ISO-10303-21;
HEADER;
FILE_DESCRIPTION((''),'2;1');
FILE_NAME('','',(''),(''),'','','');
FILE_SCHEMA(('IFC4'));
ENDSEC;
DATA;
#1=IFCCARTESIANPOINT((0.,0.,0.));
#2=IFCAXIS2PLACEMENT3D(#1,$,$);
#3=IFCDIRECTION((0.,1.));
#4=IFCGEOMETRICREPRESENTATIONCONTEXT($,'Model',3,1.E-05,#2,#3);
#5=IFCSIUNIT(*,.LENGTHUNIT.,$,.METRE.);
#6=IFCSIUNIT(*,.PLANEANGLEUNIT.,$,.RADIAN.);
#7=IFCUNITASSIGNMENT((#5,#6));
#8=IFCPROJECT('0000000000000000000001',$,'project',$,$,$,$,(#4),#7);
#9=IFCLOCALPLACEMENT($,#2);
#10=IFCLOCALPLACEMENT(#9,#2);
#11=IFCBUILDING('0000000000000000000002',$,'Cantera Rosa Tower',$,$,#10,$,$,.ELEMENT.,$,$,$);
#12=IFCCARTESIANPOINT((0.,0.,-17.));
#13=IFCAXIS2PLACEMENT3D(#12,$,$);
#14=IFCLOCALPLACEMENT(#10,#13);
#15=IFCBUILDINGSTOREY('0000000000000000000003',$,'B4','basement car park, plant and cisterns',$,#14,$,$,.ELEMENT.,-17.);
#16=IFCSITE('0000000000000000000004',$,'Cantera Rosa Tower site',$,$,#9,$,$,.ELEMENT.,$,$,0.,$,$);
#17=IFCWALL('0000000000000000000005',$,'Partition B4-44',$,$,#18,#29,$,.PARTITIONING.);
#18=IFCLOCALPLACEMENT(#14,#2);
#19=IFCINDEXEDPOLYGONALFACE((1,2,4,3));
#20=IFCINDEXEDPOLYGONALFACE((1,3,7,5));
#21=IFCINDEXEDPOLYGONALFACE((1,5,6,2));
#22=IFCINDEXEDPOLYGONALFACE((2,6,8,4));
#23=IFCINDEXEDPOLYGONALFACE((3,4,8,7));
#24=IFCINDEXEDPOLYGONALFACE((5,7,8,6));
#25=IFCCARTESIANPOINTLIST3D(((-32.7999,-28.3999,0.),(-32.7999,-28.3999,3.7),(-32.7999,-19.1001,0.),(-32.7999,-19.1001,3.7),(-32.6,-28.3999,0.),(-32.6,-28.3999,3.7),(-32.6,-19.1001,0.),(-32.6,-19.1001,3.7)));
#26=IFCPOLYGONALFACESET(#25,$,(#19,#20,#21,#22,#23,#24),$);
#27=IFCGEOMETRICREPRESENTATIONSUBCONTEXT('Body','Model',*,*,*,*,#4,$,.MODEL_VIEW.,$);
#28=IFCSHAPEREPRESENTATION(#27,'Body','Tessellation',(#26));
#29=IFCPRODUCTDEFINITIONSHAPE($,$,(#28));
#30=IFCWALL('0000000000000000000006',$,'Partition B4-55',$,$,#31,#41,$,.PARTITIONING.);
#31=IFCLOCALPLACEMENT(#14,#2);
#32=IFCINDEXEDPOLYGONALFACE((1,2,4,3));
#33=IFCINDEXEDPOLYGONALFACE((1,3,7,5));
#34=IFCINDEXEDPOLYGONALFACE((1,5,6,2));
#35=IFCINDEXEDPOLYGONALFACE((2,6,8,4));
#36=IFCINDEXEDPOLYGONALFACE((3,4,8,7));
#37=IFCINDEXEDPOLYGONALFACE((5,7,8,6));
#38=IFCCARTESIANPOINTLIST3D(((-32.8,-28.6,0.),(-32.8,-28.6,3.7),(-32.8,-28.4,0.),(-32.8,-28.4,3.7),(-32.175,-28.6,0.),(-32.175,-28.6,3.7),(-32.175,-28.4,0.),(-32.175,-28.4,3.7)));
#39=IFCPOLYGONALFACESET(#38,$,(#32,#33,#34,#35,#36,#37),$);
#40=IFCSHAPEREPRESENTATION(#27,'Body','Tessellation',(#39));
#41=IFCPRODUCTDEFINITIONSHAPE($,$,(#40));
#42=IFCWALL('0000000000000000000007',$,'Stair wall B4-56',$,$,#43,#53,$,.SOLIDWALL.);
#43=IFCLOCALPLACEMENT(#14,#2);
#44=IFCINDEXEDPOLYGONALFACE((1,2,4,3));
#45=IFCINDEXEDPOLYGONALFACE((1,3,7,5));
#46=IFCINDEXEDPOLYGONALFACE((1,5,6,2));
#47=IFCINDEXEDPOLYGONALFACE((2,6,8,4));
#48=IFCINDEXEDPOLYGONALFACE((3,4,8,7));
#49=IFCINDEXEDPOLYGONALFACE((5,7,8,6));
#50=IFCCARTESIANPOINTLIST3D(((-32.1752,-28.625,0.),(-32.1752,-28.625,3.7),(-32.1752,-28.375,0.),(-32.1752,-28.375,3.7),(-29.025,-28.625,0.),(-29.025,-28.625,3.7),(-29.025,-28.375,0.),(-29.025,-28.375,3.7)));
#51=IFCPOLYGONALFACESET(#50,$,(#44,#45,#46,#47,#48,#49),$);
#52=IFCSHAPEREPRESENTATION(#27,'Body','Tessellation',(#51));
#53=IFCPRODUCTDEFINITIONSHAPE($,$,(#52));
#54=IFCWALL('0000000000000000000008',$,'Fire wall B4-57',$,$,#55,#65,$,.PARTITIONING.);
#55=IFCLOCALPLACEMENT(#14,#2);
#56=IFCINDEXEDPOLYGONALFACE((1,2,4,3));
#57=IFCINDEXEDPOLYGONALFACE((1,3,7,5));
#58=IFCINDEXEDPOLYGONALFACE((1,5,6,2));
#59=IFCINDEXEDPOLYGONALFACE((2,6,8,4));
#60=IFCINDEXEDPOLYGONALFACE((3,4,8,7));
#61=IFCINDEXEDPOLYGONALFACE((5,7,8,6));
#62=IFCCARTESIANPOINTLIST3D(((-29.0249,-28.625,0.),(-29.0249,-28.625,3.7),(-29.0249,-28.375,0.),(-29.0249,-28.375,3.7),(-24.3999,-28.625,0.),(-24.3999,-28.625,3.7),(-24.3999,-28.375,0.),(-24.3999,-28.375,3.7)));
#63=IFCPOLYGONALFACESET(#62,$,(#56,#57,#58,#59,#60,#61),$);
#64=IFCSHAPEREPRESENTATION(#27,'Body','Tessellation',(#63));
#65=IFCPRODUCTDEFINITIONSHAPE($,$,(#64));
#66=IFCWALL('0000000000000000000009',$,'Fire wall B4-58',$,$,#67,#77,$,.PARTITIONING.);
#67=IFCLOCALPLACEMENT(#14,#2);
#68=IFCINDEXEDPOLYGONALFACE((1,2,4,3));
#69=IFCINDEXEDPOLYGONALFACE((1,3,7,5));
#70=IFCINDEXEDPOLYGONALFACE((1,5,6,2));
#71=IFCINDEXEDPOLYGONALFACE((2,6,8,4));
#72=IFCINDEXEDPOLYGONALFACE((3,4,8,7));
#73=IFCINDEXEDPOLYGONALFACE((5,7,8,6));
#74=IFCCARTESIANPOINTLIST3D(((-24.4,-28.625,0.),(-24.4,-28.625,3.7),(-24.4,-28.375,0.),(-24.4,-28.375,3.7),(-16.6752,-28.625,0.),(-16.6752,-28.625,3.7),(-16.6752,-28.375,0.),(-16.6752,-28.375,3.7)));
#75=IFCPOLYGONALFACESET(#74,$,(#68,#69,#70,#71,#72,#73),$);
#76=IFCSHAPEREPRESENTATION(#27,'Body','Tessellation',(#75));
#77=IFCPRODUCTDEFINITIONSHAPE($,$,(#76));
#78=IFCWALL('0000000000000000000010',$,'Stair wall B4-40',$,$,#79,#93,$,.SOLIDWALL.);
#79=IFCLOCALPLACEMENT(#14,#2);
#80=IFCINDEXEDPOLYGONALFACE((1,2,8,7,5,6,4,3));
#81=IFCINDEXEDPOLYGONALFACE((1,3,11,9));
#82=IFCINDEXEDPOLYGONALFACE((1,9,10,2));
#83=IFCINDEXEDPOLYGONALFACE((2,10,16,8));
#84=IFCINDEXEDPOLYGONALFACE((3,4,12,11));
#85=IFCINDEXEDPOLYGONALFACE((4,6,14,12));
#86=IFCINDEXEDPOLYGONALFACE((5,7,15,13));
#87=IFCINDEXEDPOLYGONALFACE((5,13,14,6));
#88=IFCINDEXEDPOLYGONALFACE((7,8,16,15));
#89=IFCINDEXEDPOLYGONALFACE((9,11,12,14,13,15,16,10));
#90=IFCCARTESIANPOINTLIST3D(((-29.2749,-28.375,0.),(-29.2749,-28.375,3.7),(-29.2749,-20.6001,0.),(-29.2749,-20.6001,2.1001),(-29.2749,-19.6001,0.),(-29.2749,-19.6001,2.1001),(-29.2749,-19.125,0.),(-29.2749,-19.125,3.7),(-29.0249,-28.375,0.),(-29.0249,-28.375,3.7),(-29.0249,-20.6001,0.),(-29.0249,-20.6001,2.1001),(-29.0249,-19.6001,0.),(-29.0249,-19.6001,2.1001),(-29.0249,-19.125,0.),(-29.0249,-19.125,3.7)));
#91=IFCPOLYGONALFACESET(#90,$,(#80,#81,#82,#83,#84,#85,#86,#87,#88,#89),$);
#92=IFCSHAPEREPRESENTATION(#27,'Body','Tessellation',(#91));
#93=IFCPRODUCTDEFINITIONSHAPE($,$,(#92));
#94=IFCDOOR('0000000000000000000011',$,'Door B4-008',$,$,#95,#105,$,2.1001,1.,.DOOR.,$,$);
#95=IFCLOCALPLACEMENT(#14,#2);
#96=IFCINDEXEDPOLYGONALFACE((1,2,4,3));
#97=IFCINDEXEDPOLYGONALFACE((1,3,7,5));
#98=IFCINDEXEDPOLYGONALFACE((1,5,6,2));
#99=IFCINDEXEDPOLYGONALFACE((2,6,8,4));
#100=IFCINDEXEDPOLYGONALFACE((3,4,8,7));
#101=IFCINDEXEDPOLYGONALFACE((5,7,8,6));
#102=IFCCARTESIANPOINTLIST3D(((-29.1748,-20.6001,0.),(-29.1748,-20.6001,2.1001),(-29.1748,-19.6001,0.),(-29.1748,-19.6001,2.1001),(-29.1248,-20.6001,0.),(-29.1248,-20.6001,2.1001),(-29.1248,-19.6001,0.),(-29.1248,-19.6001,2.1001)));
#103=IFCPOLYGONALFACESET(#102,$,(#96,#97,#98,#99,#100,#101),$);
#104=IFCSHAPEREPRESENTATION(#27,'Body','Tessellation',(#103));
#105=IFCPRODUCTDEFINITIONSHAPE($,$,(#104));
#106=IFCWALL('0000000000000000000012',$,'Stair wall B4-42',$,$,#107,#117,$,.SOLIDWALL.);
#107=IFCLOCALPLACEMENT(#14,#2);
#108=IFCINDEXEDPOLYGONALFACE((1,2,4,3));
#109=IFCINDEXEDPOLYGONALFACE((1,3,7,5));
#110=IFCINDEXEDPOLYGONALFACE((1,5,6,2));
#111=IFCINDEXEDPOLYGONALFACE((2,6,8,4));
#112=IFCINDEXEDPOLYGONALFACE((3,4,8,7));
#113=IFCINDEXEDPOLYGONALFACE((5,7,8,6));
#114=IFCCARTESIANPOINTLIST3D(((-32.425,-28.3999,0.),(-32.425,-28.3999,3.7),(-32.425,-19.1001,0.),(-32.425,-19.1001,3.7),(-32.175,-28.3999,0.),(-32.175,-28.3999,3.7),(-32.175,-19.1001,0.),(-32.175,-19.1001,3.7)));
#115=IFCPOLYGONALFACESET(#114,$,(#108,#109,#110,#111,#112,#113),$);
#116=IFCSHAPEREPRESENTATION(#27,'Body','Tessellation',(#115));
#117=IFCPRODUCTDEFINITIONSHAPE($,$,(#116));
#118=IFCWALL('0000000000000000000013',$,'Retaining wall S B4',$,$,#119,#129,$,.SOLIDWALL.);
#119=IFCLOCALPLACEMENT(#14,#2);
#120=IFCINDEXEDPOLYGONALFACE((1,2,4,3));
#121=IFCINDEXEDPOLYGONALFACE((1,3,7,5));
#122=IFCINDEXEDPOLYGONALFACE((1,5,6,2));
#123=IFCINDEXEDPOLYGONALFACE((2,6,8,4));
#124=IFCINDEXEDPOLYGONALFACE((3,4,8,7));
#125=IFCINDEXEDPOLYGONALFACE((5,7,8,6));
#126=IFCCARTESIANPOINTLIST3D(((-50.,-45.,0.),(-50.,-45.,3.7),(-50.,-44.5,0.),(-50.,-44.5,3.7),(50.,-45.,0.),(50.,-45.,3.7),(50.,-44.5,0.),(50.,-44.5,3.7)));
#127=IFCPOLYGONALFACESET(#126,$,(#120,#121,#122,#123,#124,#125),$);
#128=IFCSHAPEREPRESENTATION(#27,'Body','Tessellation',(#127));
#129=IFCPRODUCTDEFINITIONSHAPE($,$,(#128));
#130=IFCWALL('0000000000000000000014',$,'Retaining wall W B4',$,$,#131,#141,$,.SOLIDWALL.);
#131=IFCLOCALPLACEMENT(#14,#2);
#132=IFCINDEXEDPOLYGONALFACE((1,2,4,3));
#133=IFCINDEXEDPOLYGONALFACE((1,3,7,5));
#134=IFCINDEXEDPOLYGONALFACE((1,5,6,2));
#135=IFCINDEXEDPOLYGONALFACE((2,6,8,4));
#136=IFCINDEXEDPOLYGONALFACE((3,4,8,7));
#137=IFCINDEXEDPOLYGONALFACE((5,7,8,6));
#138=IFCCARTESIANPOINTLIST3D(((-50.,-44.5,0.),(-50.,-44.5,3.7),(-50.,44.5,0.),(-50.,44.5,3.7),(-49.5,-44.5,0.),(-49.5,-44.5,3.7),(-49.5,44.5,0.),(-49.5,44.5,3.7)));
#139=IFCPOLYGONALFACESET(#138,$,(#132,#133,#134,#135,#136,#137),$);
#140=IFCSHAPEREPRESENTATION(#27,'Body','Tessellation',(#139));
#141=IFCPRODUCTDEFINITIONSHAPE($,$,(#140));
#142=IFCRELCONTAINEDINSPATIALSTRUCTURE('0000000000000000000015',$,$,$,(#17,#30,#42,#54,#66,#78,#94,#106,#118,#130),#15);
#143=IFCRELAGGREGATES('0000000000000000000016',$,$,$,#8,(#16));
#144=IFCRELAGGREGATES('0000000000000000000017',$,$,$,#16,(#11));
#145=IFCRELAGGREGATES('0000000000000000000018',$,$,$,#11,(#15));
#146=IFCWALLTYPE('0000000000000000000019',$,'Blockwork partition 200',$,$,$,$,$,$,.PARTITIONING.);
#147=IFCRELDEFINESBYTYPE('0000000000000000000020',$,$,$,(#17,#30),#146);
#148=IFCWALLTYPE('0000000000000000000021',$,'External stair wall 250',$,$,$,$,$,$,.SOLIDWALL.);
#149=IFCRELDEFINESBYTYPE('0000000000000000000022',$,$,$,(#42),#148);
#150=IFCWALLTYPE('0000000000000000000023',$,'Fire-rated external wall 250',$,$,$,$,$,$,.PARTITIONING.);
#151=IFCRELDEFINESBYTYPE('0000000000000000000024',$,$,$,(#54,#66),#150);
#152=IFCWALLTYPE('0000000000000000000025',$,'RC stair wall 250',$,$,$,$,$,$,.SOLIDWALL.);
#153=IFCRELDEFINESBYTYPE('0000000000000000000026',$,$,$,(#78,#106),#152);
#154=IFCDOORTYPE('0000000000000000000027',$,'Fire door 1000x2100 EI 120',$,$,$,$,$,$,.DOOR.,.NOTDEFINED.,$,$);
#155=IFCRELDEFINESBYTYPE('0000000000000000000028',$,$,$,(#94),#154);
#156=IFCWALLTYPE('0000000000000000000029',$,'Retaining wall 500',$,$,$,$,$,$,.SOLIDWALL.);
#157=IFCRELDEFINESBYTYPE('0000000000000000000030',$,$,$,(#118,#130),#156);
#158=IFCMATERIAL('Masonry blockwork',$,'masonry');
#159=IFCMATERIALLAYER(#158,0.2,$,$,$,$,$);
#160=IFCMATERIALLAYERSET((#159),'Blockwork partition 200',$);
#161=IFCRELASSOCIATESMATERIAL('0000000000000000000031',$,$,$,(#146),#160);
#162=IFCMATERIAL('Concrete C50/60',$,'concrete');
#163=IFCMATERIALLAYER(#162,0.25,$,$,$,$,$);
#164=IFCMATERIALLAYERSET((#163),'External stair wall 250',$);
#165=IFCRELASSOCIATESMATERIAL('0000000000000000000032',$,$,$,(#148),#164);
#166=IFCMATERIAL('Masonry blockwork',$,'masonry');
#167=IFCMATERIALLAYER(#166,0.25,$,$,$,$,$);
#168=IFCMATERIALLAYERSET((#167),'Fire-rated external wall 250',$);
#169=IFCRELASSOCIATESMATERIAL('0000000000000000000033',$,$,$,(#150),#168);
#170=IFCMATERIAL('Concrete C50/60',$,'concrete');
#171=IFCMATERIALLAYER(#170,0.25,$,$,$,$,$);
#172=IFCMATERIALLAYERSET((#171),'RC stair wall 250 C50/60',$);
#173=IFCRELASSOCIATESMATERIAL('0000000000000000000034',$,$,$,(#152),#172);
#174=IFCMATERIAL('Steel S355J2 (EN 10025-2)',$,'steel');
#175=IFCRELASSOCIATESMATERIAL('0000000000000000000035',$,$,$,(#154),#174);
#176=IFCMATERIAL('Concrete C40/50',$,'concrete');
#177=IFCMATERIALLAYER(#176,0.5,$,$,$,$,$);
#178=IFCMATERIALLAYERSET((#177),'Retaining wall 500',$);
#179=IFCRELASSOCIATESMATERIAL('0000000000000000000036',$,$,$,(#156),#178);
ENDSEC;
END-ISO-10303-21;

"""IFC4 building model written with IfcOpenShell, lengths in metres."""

from ifc_helpers import new_model, si_unit, direction, frame, frame_2d, origin, place, context, subcontext, project, spatial, rectangle, extrude, material, layer, layer_set, type_object, element, fill, save


model = new_model("IFC4")

# Units and contexts
model_context = context("Model", 3, precision=1e-05, world=origin(), true_north=direction((0.0, 1.0)))
body_context = subcontext(model_context, "Body", "Model", "MODEL_VIEW")
ifc_project = project(units=[si_unit("LENGTHUNIT", "METRE"), si_unit("PLANEANGLEUNIT", "RADIAN")], contexts=[model_context])

# Site, building, storey
site_placement = place(None, origin())
site = spatial("IfcSite", under=ifc_project, at=site_placement, Name="Cantera Rosa Tower site", CompositionType="ELEMENT", RefElevation=0.0)
building_placement = place(site_placement, origin())
building = spatial("IfcBuilding", under=site, at=building_placement, Name="Cantera Rosa Tower", CompositionType="ELEMENT")
storey_placement = place(building_placement, frame((0.0, 0.0, -17.0)))
storey = spatial("IfcBuildingStorey", under=building, at=storey_placement, Name="B4", Description="basement car park, plant and cisterns", CompositionType="ELEMENT", Elevation=-17.0)

# Walls
ifc_material_1 = material(Name="Masonry blockwork", Category="masonry")
ifc_layer_1 = layer(ifc_material_1, 0.2)
ifc_layer_set_1 = layer_set([ifc_layer_1], Name="Blockwork partition 200")
wall_type_1 = type_object("IfcWallType", Name="Blockwork partition 200", PredefinedType="PARTITIONING", material=ifc_layer_set_1)
wall_1_placement = place(storey_placement, frame((-32.7, -28.3999, 0.0), z_axis=(0.0, 0.0, 1.0), x_axis=(0.0, 1.0, 0.0)))
element("IfcWall", 1, at=wall_1_placement, inside=storey, type_object=wall_type_1, Name="Partition B4-44", PredefinedType="PARTITIONING", context=body_context, shape_type="SweptSolid", body=[
    extrude(rectangle(XDim=9.2998, YDim=0.2, at=frame_2d((4.6499, 0.0))), origin(), (0.0, 0.0, 1.0), 3.7),
])
wall_2_placement = place(storey_placement, frame((-32.8, -28.5, 0.0), z_axis=(0.0, 0.0, 1.0), x_axis=(1.0, 0.0, 0.0)))
element("IfcWall", 2, at=wall_2_placement, inside=storey, type_object=wall_type_1, Name="Partition B4-55", PredefinedType="PARTITIONING", context=body_context, shape_type="SweptSolid", body=[
    extrude(rectangle(XDim=0.625, YDim=0.2, at=frame_2d((0.3125, 0.0))), origin(), (0.0, 0.0, 1.0), 3.7),
])
ifc_material_2 = material(Name="Concrete C50/60", Category="concrete")
ifc_layer_2 = layer(ifc_material_2, 0.25)
ifc_layer_set_2 = layer_set([ifc_layer_2], Name="External stair wall 250")
wall_type_2 = type_object("IfcWallType", Name="External stair wall 250", PredefinedType="SOLIDWALL", material=ifc_layer_set_2)
wall_3_placement = place(storey_placement, frame((-29.0249, -28.5, 0.0), z_axis=(0.0, 0.0, 1.0), x_axis=(-1.0, 0.0, 0.0)))
element("IfcWall", 3, at=wall_3_placement, inside=storey, type_object=wall_type_2, Name="Stair wall B4-56", PredefinedType="SOLIDWALL", context=body_context, shape_type="SweptSolid", body=[
    extrude(rectangle(XDim=3.1501, YDim=0.25, at=frame_2d((1.5752, 0.0))), origin(), (0.0, 0.0, 1.0), 3.7),
])
ifc_material_3 = material(Name="Masonry blockwork", Category="masonry")
ifc_layer_3 = layer(ifc_material_3, 0.25)
ifc_layer_set_3 = layer_set([ifc_layer_3], Name="Fire-rated external wall 250")
wall_type_3 = type_object("IfcWallType", Name="Fire-rated external wall 250", PredefinedType="PARTITIONING", material=ifc_layer_set_3)
wall_4_placement = place(storey_placement, frame((-29.0249, -28.5, 0.0), z_axis=(0.0, 0.0, 1.0), x_axis=(1.0, 0.0, 0.0)))
element("IfcWall", 4, at=wall_4_placement, inside=storey, type_object=wall_type_3, Name="Fire wall B4-57", PredefinedType="PARTITIONING", context=body_context, shape_type="SweptSolid", body=[
    extrude(rectangle(XDim=4.625, YDim=0.25, at=frame_2d((2.3125, 0.0))), origin(), (0.0, 0.0, 1.0), 3.7),
])
wall_5_placement = place(storey_placement, frame((-24.3999, -28.5, 0.0), z_axis=(0.0, 0.0, 1.0), x_axis=(1.0, 0.0, 0.0)))
element("IfcWall", 5, at=wall_5_placement, inside=storey, type_object=wall_type_3, Name="Fire wall B4-58", PredefinedType="PARTITIONING", context=body_context, shape_type="SweptSolid", body=[
    extrude(rectangle(XDim=7.7249, YDim=0.25, at=frame_2d((3.8623, 0.0))), origin(), (0.0, 0.0, 1.0), 3.7),
])

# Wall, opening, door
ifc_material_4 = material(Name="Concrete C50/60", Category="concrete")
ifc_layer_4 = layer(ifc_material_4, 0.25)
ifc_layer_set_4 = layer_set([ifc_layer_4], Name="RC stair wall 250 C50/60")
wall_type_4 = type_object("IfcWallType", Name="RC stair wall 250", PredefinedType="SOLIDWALL", material=ifc_layer_set_4)
wall_6_placement = place(storey_placement, frame((-29.1499, -28.375, 0.0), z_axis=(0.0, 0.0, 1.0), x_axis=(0.0, 1.0, 0.0)))
wall_6 = element("IfcWall", 6, at=wall_6_placement, inside=storey, type_object=wall_type_4, Name="Stair wall B4-40", PredefinedType="SOLIDWALL", context=body_context, shape_type="SweptSolid", body=[
    extrude(rectangle(XDim=9.25, YDim=0.25, at=frame_2d((4.625, 0.0))), origin(), (0.0, 0.0, 1.0), 3.7),
])
opening_placement = place(wall_6_placement, frame((7.7749, 0.0, 0.0)))
opening = element("IfcOpeningElement", 7, at=opening_placement, cuts=wall_6, PredefinedType="OPENING", context=body_context, shape_type="SweptSolid", body=[
    extrude(rectangle(XDim=1.0, YDim=2.1001, at=frame_2d((0.5, 1.05))), frame((0.0, 0.135, 0.0), z_axis=(0.0, -1.0, 0.0), x_axis=(1.0, 0.0, 0.0)), (0.0, 0.0, 1.0), 0.27),
])
ifc_material_5 = material(Name="Steel S355J2 (EN 10025-2)", Category="steel")
door_type = type_object("IfcDoorType", Name="Fire door 1000x2100 EI 120", OperationType="NOTDEFINED", PredefinedType="DOOR", material=ifc_material_5)
door_placement = place(opening_placement, origin())
door = element("IfcDoor", 8, at=door_placement, inside=storey, type_object=door_type, Name="Door B4-008", OverallHeight=2.1001, OverallWidth=1.0, PredefinedType="DOOR", context=body_context, shape_type="SweptSolid", body=[
    extrude(rectangle(XDim=1.0, YDim=2.1001, at=frame_2d((0.5, 1.05))), frame((0.0, 0.0249, 0.0), z_axis=(0.0, -1.0, 0.0), x_axis=(1.0, 0.0, 0.0)), (0.0, 0.0, 1.0), 0.05),
])
fill(opening, door)

# Walls
wall_7_placement = place(storey_placement, frame((-32.3, -28.3999, 0.0), z_axis=(0.0, 0.0, 1.0), x_axis=(0.0, 1.0, 0.0)))
element("IfcWall", 9, at=wall_7_placement, inside=storey, type_object=wall_type_4, Name="Stair wall B4-42", PredefinedType="SOLIDWALL", context=body_context, shape_type="SweptSolid", body=[
    extrude(rectangle(XDim=9.2998, YDim=0.25, at=frame_2d((4.6499, 0.0))), origin(), (0.0, 0.0, 1.0), 3.7),
])
ifc_material_6 = material(Name="Concrete C40/50", Category="concrete")
ifc_layer_5 = layer(ifc_material_6, 0.5)
ifc_layer_set_5 = layer_set([ifc_layer_5], Name="Retaining wall 500")
wall_type_5 = type_object("IfcWallType", Name="Retaining wall 500", PredefinedType="SOLIDWALL", material=ifc_layer_set_5)
wall_8_placement = place(storey_placement, frame((-50.0, -44.75, 0.0), z_axis=(0.0, 0.0, 1.0), x_axis=(1.0, 0.0, 0.0)))
element("IfcWall", 10, at=wall_8_placement, inside=storey, type_object=wall_type_5, Name="Retaining wall S B4", PredefinedType="SOLIDWALL", context=body_context, shape_type="SweptSolid", body=[
    extrude(rectangle(XDim=100.0, YDim=0.5, at=frame_2d((50.0, 0.0))), origin(), (0.0, 0.0, 1.0), 3.7),
])
wall_9_placement = place(storey_placement, frame((-49.75, -44.5, 0.0), z_axis=(0.0, 0.0, 1.0), x_axis=(0.0, 1.0, 0.0)))
element("IfcWall", 11, at=wall_9_placement, inside=storey, type_object=wall_type_5, Name="Retaining wall W B4", PredefinedType="SOLIDWALL", context=body_context, shape_type="SweptSolid", body=[
    extrude(rectangle(XDim=89.0, YDim=0.5, at=frame_2d((44.5, 0.0))), origin(), (0.0, 0.0, 1.0), 3.7),
])

save(model, "model.ifc")
